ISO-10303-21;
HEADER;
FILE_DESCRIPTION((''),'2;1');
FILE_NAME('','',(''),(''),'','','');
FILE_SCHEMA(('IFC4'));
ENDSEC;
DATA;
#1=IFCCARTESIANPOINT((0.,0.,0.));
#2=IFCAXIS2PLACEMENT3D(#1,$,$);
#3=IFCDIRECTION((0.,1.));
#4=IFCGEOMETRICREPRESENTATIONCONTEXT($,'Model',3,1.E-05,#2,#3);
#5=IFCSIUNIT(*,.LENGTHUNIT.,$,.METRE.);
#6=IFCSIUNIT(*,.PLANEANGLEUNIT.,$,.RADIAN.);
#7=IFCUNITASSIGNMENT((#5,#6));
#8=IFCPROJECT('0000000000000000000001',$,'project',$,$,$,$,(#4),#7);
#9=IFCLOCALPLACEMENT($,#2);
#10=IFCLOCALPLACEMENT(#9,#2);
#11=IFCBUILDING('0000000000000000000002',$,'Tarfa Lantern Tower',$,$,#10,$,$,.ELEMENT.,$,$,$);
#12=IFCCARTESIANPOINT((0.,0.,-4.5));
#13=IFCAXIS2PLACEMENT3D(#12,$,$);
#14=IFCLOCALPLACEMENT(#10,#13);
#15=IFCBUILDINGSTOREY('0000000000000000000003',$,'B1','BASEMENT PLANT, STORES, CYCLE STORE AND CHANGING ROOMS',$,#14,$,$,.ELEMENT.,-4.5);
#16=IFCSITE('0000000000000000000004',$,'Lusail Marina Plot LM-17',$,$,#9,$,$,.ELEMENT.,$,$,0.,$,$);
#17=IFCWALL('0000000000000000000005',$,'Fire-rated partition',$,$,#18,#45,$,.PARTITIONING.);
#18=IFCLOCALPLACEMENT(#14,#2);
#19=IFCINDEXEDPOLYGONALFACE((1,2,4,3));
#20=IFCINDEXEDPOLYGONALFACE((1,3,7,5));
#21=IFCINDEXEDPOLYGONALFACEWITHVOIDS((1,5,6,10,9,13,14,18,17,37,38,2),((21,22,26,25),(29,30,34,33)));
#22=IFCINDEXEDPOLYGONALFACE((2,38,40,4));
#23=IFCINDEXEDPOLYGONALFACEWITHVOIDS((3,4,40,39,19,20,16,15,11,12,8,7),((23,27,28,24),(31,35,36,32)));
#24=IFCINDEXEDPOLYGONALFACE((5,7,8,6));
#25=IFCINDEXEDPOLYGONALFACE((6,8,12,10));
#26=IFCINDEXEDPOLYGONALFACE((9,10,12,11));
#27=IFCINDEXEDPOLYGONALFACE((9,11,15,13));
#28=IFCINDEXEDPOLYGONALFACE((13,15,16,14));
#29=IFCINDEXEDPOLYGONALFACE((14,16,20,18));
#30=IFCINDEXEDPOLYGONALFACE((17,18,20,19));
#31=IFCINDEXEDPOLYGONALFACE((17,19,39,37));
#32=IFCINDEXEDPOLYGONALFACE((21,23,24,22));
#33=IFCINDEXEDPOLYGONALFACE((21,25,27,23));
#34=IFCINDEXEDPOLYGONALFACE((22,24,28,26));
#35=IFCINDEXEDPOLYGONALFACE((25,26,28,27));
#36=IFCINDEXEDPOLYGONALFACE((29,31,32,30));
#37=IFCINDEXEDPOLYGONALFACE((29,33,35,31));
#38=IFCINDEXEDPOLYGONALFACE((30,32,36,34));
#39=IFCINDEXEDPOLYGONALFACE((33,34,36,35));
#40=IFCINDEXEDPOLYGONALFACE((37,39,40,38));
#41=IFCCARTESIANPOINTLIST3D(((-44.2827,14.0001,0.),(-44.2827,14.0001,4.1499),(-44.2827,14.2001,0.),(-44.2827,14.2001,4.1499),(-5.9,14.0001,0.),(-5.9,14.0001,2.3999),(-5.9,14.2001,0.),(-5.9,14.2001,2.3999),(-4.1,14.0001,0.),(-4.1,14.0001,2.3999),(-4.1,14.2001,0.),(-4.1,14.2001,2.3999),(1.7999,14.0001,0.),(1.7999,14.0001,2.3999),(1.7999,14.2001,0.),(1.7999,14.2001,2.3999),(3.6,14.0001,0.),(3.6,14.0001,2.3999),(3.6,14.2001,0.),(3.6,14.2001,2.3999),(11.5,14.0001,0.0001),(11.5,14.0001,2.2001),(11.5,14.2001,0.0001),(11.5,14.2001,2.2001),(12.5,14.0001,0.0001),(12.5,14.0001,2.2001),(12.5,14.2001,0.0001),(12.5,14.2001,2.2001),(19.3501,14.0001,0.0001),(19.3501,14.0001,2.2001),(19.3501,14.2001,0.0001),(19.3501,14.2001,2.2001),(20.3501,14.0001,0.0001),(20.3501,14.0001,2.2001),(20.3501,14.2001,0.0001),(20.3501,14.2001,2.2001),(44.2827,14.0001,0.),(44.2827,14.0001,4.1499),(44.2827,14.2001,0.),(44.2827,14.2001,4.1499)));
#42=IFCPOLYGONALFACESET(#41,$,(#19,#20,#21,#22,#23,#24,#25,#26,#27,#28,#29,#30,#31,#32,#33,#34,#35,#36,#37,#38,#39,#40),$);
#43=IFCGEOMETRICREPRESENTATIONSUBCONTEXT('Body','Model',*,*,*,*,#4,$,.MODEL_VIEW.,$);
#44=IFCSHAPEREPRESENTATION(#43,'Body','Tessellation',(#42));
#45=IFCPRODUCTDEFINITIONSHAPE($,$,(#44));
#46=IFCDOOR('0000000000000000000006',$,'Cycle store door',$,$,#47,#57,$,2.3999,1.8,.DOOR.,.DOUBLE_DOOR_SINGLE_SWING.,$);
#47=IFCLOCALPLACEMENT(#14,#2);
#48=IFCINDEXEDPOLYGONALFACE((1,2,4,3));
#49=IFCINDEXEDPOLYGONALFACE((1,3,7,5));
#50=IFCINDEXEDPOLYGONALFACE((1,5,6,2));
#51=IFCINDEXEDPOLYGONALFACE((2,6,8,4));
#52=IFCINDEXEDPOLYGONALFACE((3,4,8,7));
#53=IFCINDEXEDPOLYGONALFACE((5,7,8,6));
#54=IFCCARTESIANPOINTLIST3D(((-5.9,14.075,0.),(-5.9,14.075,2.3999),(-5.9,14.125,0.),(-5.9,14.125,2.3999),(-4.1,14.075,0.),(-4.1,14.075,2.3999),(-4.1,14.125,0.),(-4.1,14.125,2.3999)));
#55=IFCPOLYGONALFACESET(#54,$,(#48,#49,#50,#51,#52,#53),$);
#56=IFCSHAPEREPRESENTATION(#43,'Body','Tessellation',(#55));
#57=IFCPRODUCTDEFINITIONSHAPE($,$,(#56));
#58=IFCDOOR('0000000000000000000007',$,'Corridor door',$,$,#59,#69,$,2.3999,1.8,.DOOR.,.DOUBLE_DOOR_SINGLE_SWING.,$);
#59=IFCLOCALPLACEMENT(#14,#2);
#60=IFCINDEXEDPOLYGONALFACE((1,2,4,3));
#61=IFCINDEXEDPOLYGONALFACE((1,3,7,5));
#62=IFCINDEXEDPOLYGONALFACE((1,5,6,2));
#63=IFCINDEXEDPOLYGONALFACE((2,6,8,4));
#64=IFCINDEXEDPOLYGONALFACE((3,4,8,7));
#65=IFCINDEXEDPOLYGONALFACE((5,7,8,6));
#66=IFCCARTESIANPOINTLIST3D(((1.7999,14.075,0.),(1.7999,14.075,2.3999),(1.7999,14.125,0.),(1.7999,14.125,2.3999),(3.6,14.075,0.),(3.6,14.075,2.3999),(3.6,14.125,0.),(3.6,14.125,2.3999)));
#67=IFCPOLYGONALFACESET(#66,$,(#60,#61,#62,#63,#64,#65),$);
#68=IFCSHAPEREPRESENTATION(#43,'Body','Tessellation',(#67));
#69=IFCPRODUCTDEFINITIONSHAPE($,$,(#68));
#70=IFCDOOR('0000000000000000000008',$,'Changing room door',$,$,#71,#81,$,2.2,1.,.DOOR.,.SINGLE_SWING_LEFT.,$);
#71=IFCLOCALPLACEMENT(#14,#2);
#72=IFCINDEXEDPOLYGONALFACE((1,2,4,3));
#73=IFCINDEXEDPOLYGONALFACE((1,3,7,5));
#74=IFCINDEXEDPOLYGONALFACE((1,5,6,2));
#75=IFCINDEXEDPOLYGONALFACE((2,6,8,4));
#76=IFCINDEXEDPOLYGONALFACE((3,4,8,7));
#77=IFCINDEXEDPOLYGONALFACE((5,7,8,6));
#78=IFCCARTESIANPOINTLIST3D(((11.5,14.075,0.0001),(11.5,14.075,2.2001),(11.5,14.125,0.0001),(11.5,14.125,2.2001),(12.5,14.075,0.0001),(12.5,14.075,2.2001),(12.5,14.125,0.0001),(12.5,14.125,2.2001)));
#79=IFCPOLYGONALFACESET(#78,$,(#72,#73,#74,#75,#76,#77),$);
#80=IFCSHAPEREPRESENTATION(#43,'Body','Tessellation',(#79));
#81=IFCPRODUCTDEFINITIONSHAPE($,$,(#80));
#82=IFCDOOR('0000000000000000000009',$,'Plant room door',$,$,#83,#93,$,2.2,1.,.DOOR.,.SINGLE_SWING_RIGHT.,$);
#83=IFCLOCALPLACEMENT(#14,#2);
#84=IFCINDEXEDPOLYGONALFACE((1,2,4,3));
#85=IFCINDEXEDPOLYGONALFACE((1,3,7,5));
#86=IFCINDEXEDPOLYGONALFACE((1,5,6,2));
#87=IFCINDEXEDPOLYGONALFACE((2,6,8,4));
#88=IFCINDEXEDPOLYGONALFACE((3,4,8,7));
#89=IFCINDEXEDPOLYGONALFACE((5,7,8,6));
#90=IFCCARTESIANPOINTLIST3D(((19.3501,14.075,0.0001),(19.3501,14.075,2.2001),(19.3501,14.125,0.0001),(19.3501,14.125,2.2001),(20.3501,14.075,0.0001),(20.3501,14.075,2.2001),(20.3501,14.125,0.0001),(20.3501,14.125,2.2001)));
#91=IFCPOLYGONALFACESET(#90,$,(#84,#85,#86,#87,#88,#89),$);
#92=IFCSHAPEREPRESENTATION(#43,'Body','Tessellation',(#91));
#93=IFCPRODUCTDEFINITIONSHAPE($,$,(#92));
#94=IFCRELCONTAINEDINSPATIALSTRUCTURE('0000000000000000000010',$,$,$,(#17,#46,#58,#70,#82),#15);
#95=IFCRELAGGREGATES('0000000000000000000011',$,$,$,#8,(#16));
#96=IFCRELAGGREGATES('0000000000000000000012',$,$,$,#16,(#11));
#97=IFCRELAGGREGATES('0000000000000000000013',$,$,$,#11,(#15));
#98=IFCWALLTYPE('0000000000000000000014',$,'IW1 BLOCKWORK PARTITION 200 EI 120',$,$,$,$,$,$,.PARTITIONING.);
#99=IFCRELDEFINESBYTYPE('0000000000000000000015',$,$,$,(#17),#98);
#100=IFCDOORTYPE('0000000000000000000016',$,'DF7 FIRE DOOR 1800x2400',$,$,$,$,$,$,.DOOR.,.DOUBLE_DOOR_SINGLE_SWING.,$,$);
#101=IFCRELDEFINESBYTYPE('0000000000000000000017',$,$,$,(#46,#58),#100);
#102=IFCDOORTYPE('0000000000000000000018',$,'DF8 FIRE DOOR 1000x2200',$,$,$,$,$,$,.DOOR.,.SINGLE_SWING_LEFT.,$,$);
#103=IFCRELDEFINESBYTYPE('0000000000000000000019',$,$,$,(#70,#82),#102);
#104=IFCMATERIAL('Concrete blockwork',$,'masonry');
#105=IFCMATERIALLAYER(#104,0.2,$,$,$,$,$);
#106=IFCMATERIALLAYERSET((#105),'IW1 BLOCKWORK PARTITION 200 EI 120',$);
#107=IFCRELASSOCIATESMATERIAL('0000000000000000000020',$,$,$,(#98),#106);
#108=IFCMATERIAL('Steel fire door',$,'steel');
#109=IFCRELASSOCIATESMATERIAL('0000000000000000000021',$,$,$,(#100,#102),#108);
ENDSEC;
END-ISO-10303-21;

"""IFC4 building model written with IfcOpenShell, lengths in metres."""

from ifc_helpers import new_model, si_unit, direction, frame, frame_2d, origin, place, context, subcontext, project, spatial, rectangle, extrude, material, layer, layer_set, type_object, element, fill, save


model = new_model("IFC4")

# Units and contexts
model_context = context("Model", 3, precision=1e-05, world=origin(), true_north=direction((0.0, 1.0)))
body_context = subcontext(model_context, "Body", "Model", "MODEL_VIEW")
ifc_project = project(units=[si_unit("LENGTHUNIT", "METRE"), si_unit("PLANEANGLEUNIT", "RADIAN")], contexts=[model_context])

# Site, building, storey
site_placement = place(None, origin())
site = spatial("IfcSite", under=ifc_project, at=site_placement, Name="Lusail Marina Plot LM-17", CompositionType="ELEMENT", RefElevation=0.0)
building_placement = place(site_placement, origin())
building = spatial("IfcBuilding", under=site, at=building_placement, Name="Tarfa Lantern Tower", CompositionType="ELEMENT")
storey_placement = place(building_placement, frame((0.0, 0.0, -4.5)))
storey = spatial("IfcBuildingStorey", under=building, at=storey_placement, Name="B1", Description="BASEMENT PLANT, STORES, CYCLE STORE AND CHANGING ROOMS", CompositionType="ELEMENT", Elevation=-4.5)

# Wall, openings, doors
ifc_material_1 = material(Name="Concrete blockwork", Category="masonry")
ifc_layer = layer(ifc_material_1, 0.2)
ifc_layer_set = layer_set([ifc_layer], Name="IW1 BLOCKWORK PARTITION 200 EI 120")
wall_type = type_object("IfcWallType", Name="IW1 BLOCKWORK PARTITION 200 EI 120", PredefinedType="PARTITIONING", material=ifc_layer_set)
wall_placement = place(storey_placement, frame((-44.2827, 14.1001, 0.0), z_axis=(0.0, 0.0, 1.0), x_axis=(1.0, 0.0, 0.0)))
wall = element("IfcWall", 1, at=wall_placement, inside=storey, type_object=wall_type, Name="Fire-rated partition", PredefinedType="PARTITIONING", context=body_context, shape_type="SweptSolid", body=[
    extrude(rectangle(XDim=88.5654, YDim=0.2, at=frame_2d((44.2827, 0.0))), origin(), (0.0, 0.0, 1.0), 4.1499),
])
opening_1_placement = place(wall_placement, frame((38.3828, 0.0, 0.0)))
opening_1 = element("IfcOpeningElement", 2, at=opening_1_placement, cuts=wall, PredefinedType="OPENING", context=body_context, shape_type="SweptSolid", body=[
    extrude(rectangle(XDim=1.8, YDim=2.3999, at=frame_2d((0.8999, 1.2))), frame((0.0, 0.1099, 0.0), z_axis=(0.0, -1.0, 0.0), x_axis=(1.0, 0.0, 0.0)), (0.0, 0.0, 1.0), 0.22),
])
opening_2_placement = place(wall_placement, frame((55.7827, 0.0, 0.0)))
opening_2 = element("IfcOpeningElement", 3, at=opening_2_placement, cuts=wall, PredefinedType="OPENING", context=body_context, shape_type="SweptSolid", body=[
    extrude(rectangle(XDim=1.0, YDim=2.2, at=frame_2d((0.5, 1.1001))), frame((0.0, 0.1099, 0.0), z_axis=(0.0, -1.0, 0.0), x_axis=(1.0, 0.0, 0.0)), (0.0, 0.0, 1.0), 0.22),
])
opening_3_placement = place(wall_placement, frame((46.0828, 0.0, 0.0)))
opening_3 = element("IfcOpeningElement", 4, at=opening_3_placement, cuts=wall, PredefinedType="OPENING", context=body_context, shape_type="SweptSolid", body=[
    extrude(rectangle(XDim=1.8, YDim=2.3999, at=frame_2d((0.8999, 1.2))), frame((0.0, 0.1099, 0.0), z_axis=(0.0, -1.0, 0.0), x_axis=(1.0, 0.0, 0.0)), (0.0, 0.0, 1.0), 0.22),
])
opening_4_placement = place(wall_placement, frame((63.6328, 0.0, 0.0)))
opening_4 = element("IfcOpeningElement", 5, at=opening_4_placement, cuts=wall, PredefinedType="OPENING", context=body_context, shape_type="SweptSolid", body=[
    extrude(rectangle(XDim=1.0, YDim=2.2, at=frame_2d((0.5, 1.1001))), frame((0.0, 0.1099, 0.0), z_axis=(0.0, -1.0, 0.0), x_axis=(1.0, 0.0, 0.0)), (0.0, 0.0, 1.0), 0.22),
])
ifc_material_2 = material(Name="Steel fire door", Category="steel")
door_type_1 = type_object("IfcDoorType", Name="DF7 FIRE DOOR 1800x2400", OperationType="DOUBLE_DOOR_SINGLE_SWING", PredefinedType="DOOR", material=ifc_material_2)
door_1_placement = place(opening_1_placement, origin())
door_1 = element("IfcDoor", 6, at=door_1_placement, inside=storey, type_object=door_type_1, Name="Cycle store door", OperationType="DOUBLE_DOOR_SINGLE_SWING", OverallHeight=2.3999, OverallWidth=1.8, PredefinedType="DOOR", context=body_context, shape_type="SweptSolid", body=[
    extrude(rectangle(XDim=1.8, YDim=2.3999, at=frame_2d((0.8999, 1.2))), frame((0.0, 0.0249, 0.0), z_axis=(0.0, -1.0, 0.0), x_axis=(1.0, 0.0, 0.0)), (0.0, 0.0, 1.0), 0.05),
])
fill(opening_1, door_1)
door_2_placement = place(opening_3_placement, origin())
door_2 = element("IfcDoor", 7, at=door_2_placement, inside=storey, type_object=door_type_1, Name="Corridor door", OperationType="DOUBLE_DOOR_SINGLE_SWING", OverallHeight=2.3999, OverallWidth=1.8, PredefinedType="DOOR", context=body_context, shape_type="SweptSolid", body=[
    extrude(rectangle(XDim=1.8, YDim=2.3999, at=frame_2d((0.8999, 1.2))), frame((0.0, 0.0249, 0.0), z_axis=(0.0, -1.0, 0.0), x_axis=(1.0, 0.0, 0.0)), (0.0, 0.0, 1.0), 0.05),
])
fill(opening_3, door_2)
door_type_2 = type_object("IfcDoorType", Name="DF8 FIRE DOOR 1000x2200", OperationType="SINGLE_SWING_LEFT", PredefinedType="DOOR", material=ifc_material_2)
door_3_placement = place(opening_2_placement, origin())
door_3 = element("IfcDoor", 8, at=door_3_placement, inside=storey, type_object=door_type_2, Name="Changing room door", OperationType="SINGLE_SWING_LEFT", OverallHeight=2.2, OverallWidth=1.0, PredefinedType="DOOR", context=body_context, shape_type="SweptSolid", body=[
    extrude(rectangle(XDim=1.0, YDim=2.2, at=frame_2d((0.5, 1.1001))), frame((0.0, 0.0249, 0.0), z_axis=(0.0, -1.0, 0.0), x_axis=(1.0, 0.0, 0.0)), (0.0, 0.0, 1.0), 0.05),
])
fill(opening_2, door_3)
door_4_placement = place(opening_4_placement, origin())
door_4 = element("IfcDoor", 9, at=door_4_placement, inside=storey, type_object=door_type_2, Name="Plant room door", OperationType="SINGLE_SWING_RIGHT", OverallHeight=2.2, OverallWidth=1.0, PredefinedType="DOOR", context=body_context, shape_type="SweptSolid", body=[
    extrude(rectangle(XDim=1.0, YDim=2.2, at=frame_2d((0.5, 1.1001))), frame((0.0, 0.0249, 0.0), z_axis=(0.0, -1.0, 0.0), x_axis=(1.0, 0.0, 0.0)), (0.0, 0.0, 1.0), 0.05),
])
fill(opening_4, door_4)

save(model, "model.ifc")
